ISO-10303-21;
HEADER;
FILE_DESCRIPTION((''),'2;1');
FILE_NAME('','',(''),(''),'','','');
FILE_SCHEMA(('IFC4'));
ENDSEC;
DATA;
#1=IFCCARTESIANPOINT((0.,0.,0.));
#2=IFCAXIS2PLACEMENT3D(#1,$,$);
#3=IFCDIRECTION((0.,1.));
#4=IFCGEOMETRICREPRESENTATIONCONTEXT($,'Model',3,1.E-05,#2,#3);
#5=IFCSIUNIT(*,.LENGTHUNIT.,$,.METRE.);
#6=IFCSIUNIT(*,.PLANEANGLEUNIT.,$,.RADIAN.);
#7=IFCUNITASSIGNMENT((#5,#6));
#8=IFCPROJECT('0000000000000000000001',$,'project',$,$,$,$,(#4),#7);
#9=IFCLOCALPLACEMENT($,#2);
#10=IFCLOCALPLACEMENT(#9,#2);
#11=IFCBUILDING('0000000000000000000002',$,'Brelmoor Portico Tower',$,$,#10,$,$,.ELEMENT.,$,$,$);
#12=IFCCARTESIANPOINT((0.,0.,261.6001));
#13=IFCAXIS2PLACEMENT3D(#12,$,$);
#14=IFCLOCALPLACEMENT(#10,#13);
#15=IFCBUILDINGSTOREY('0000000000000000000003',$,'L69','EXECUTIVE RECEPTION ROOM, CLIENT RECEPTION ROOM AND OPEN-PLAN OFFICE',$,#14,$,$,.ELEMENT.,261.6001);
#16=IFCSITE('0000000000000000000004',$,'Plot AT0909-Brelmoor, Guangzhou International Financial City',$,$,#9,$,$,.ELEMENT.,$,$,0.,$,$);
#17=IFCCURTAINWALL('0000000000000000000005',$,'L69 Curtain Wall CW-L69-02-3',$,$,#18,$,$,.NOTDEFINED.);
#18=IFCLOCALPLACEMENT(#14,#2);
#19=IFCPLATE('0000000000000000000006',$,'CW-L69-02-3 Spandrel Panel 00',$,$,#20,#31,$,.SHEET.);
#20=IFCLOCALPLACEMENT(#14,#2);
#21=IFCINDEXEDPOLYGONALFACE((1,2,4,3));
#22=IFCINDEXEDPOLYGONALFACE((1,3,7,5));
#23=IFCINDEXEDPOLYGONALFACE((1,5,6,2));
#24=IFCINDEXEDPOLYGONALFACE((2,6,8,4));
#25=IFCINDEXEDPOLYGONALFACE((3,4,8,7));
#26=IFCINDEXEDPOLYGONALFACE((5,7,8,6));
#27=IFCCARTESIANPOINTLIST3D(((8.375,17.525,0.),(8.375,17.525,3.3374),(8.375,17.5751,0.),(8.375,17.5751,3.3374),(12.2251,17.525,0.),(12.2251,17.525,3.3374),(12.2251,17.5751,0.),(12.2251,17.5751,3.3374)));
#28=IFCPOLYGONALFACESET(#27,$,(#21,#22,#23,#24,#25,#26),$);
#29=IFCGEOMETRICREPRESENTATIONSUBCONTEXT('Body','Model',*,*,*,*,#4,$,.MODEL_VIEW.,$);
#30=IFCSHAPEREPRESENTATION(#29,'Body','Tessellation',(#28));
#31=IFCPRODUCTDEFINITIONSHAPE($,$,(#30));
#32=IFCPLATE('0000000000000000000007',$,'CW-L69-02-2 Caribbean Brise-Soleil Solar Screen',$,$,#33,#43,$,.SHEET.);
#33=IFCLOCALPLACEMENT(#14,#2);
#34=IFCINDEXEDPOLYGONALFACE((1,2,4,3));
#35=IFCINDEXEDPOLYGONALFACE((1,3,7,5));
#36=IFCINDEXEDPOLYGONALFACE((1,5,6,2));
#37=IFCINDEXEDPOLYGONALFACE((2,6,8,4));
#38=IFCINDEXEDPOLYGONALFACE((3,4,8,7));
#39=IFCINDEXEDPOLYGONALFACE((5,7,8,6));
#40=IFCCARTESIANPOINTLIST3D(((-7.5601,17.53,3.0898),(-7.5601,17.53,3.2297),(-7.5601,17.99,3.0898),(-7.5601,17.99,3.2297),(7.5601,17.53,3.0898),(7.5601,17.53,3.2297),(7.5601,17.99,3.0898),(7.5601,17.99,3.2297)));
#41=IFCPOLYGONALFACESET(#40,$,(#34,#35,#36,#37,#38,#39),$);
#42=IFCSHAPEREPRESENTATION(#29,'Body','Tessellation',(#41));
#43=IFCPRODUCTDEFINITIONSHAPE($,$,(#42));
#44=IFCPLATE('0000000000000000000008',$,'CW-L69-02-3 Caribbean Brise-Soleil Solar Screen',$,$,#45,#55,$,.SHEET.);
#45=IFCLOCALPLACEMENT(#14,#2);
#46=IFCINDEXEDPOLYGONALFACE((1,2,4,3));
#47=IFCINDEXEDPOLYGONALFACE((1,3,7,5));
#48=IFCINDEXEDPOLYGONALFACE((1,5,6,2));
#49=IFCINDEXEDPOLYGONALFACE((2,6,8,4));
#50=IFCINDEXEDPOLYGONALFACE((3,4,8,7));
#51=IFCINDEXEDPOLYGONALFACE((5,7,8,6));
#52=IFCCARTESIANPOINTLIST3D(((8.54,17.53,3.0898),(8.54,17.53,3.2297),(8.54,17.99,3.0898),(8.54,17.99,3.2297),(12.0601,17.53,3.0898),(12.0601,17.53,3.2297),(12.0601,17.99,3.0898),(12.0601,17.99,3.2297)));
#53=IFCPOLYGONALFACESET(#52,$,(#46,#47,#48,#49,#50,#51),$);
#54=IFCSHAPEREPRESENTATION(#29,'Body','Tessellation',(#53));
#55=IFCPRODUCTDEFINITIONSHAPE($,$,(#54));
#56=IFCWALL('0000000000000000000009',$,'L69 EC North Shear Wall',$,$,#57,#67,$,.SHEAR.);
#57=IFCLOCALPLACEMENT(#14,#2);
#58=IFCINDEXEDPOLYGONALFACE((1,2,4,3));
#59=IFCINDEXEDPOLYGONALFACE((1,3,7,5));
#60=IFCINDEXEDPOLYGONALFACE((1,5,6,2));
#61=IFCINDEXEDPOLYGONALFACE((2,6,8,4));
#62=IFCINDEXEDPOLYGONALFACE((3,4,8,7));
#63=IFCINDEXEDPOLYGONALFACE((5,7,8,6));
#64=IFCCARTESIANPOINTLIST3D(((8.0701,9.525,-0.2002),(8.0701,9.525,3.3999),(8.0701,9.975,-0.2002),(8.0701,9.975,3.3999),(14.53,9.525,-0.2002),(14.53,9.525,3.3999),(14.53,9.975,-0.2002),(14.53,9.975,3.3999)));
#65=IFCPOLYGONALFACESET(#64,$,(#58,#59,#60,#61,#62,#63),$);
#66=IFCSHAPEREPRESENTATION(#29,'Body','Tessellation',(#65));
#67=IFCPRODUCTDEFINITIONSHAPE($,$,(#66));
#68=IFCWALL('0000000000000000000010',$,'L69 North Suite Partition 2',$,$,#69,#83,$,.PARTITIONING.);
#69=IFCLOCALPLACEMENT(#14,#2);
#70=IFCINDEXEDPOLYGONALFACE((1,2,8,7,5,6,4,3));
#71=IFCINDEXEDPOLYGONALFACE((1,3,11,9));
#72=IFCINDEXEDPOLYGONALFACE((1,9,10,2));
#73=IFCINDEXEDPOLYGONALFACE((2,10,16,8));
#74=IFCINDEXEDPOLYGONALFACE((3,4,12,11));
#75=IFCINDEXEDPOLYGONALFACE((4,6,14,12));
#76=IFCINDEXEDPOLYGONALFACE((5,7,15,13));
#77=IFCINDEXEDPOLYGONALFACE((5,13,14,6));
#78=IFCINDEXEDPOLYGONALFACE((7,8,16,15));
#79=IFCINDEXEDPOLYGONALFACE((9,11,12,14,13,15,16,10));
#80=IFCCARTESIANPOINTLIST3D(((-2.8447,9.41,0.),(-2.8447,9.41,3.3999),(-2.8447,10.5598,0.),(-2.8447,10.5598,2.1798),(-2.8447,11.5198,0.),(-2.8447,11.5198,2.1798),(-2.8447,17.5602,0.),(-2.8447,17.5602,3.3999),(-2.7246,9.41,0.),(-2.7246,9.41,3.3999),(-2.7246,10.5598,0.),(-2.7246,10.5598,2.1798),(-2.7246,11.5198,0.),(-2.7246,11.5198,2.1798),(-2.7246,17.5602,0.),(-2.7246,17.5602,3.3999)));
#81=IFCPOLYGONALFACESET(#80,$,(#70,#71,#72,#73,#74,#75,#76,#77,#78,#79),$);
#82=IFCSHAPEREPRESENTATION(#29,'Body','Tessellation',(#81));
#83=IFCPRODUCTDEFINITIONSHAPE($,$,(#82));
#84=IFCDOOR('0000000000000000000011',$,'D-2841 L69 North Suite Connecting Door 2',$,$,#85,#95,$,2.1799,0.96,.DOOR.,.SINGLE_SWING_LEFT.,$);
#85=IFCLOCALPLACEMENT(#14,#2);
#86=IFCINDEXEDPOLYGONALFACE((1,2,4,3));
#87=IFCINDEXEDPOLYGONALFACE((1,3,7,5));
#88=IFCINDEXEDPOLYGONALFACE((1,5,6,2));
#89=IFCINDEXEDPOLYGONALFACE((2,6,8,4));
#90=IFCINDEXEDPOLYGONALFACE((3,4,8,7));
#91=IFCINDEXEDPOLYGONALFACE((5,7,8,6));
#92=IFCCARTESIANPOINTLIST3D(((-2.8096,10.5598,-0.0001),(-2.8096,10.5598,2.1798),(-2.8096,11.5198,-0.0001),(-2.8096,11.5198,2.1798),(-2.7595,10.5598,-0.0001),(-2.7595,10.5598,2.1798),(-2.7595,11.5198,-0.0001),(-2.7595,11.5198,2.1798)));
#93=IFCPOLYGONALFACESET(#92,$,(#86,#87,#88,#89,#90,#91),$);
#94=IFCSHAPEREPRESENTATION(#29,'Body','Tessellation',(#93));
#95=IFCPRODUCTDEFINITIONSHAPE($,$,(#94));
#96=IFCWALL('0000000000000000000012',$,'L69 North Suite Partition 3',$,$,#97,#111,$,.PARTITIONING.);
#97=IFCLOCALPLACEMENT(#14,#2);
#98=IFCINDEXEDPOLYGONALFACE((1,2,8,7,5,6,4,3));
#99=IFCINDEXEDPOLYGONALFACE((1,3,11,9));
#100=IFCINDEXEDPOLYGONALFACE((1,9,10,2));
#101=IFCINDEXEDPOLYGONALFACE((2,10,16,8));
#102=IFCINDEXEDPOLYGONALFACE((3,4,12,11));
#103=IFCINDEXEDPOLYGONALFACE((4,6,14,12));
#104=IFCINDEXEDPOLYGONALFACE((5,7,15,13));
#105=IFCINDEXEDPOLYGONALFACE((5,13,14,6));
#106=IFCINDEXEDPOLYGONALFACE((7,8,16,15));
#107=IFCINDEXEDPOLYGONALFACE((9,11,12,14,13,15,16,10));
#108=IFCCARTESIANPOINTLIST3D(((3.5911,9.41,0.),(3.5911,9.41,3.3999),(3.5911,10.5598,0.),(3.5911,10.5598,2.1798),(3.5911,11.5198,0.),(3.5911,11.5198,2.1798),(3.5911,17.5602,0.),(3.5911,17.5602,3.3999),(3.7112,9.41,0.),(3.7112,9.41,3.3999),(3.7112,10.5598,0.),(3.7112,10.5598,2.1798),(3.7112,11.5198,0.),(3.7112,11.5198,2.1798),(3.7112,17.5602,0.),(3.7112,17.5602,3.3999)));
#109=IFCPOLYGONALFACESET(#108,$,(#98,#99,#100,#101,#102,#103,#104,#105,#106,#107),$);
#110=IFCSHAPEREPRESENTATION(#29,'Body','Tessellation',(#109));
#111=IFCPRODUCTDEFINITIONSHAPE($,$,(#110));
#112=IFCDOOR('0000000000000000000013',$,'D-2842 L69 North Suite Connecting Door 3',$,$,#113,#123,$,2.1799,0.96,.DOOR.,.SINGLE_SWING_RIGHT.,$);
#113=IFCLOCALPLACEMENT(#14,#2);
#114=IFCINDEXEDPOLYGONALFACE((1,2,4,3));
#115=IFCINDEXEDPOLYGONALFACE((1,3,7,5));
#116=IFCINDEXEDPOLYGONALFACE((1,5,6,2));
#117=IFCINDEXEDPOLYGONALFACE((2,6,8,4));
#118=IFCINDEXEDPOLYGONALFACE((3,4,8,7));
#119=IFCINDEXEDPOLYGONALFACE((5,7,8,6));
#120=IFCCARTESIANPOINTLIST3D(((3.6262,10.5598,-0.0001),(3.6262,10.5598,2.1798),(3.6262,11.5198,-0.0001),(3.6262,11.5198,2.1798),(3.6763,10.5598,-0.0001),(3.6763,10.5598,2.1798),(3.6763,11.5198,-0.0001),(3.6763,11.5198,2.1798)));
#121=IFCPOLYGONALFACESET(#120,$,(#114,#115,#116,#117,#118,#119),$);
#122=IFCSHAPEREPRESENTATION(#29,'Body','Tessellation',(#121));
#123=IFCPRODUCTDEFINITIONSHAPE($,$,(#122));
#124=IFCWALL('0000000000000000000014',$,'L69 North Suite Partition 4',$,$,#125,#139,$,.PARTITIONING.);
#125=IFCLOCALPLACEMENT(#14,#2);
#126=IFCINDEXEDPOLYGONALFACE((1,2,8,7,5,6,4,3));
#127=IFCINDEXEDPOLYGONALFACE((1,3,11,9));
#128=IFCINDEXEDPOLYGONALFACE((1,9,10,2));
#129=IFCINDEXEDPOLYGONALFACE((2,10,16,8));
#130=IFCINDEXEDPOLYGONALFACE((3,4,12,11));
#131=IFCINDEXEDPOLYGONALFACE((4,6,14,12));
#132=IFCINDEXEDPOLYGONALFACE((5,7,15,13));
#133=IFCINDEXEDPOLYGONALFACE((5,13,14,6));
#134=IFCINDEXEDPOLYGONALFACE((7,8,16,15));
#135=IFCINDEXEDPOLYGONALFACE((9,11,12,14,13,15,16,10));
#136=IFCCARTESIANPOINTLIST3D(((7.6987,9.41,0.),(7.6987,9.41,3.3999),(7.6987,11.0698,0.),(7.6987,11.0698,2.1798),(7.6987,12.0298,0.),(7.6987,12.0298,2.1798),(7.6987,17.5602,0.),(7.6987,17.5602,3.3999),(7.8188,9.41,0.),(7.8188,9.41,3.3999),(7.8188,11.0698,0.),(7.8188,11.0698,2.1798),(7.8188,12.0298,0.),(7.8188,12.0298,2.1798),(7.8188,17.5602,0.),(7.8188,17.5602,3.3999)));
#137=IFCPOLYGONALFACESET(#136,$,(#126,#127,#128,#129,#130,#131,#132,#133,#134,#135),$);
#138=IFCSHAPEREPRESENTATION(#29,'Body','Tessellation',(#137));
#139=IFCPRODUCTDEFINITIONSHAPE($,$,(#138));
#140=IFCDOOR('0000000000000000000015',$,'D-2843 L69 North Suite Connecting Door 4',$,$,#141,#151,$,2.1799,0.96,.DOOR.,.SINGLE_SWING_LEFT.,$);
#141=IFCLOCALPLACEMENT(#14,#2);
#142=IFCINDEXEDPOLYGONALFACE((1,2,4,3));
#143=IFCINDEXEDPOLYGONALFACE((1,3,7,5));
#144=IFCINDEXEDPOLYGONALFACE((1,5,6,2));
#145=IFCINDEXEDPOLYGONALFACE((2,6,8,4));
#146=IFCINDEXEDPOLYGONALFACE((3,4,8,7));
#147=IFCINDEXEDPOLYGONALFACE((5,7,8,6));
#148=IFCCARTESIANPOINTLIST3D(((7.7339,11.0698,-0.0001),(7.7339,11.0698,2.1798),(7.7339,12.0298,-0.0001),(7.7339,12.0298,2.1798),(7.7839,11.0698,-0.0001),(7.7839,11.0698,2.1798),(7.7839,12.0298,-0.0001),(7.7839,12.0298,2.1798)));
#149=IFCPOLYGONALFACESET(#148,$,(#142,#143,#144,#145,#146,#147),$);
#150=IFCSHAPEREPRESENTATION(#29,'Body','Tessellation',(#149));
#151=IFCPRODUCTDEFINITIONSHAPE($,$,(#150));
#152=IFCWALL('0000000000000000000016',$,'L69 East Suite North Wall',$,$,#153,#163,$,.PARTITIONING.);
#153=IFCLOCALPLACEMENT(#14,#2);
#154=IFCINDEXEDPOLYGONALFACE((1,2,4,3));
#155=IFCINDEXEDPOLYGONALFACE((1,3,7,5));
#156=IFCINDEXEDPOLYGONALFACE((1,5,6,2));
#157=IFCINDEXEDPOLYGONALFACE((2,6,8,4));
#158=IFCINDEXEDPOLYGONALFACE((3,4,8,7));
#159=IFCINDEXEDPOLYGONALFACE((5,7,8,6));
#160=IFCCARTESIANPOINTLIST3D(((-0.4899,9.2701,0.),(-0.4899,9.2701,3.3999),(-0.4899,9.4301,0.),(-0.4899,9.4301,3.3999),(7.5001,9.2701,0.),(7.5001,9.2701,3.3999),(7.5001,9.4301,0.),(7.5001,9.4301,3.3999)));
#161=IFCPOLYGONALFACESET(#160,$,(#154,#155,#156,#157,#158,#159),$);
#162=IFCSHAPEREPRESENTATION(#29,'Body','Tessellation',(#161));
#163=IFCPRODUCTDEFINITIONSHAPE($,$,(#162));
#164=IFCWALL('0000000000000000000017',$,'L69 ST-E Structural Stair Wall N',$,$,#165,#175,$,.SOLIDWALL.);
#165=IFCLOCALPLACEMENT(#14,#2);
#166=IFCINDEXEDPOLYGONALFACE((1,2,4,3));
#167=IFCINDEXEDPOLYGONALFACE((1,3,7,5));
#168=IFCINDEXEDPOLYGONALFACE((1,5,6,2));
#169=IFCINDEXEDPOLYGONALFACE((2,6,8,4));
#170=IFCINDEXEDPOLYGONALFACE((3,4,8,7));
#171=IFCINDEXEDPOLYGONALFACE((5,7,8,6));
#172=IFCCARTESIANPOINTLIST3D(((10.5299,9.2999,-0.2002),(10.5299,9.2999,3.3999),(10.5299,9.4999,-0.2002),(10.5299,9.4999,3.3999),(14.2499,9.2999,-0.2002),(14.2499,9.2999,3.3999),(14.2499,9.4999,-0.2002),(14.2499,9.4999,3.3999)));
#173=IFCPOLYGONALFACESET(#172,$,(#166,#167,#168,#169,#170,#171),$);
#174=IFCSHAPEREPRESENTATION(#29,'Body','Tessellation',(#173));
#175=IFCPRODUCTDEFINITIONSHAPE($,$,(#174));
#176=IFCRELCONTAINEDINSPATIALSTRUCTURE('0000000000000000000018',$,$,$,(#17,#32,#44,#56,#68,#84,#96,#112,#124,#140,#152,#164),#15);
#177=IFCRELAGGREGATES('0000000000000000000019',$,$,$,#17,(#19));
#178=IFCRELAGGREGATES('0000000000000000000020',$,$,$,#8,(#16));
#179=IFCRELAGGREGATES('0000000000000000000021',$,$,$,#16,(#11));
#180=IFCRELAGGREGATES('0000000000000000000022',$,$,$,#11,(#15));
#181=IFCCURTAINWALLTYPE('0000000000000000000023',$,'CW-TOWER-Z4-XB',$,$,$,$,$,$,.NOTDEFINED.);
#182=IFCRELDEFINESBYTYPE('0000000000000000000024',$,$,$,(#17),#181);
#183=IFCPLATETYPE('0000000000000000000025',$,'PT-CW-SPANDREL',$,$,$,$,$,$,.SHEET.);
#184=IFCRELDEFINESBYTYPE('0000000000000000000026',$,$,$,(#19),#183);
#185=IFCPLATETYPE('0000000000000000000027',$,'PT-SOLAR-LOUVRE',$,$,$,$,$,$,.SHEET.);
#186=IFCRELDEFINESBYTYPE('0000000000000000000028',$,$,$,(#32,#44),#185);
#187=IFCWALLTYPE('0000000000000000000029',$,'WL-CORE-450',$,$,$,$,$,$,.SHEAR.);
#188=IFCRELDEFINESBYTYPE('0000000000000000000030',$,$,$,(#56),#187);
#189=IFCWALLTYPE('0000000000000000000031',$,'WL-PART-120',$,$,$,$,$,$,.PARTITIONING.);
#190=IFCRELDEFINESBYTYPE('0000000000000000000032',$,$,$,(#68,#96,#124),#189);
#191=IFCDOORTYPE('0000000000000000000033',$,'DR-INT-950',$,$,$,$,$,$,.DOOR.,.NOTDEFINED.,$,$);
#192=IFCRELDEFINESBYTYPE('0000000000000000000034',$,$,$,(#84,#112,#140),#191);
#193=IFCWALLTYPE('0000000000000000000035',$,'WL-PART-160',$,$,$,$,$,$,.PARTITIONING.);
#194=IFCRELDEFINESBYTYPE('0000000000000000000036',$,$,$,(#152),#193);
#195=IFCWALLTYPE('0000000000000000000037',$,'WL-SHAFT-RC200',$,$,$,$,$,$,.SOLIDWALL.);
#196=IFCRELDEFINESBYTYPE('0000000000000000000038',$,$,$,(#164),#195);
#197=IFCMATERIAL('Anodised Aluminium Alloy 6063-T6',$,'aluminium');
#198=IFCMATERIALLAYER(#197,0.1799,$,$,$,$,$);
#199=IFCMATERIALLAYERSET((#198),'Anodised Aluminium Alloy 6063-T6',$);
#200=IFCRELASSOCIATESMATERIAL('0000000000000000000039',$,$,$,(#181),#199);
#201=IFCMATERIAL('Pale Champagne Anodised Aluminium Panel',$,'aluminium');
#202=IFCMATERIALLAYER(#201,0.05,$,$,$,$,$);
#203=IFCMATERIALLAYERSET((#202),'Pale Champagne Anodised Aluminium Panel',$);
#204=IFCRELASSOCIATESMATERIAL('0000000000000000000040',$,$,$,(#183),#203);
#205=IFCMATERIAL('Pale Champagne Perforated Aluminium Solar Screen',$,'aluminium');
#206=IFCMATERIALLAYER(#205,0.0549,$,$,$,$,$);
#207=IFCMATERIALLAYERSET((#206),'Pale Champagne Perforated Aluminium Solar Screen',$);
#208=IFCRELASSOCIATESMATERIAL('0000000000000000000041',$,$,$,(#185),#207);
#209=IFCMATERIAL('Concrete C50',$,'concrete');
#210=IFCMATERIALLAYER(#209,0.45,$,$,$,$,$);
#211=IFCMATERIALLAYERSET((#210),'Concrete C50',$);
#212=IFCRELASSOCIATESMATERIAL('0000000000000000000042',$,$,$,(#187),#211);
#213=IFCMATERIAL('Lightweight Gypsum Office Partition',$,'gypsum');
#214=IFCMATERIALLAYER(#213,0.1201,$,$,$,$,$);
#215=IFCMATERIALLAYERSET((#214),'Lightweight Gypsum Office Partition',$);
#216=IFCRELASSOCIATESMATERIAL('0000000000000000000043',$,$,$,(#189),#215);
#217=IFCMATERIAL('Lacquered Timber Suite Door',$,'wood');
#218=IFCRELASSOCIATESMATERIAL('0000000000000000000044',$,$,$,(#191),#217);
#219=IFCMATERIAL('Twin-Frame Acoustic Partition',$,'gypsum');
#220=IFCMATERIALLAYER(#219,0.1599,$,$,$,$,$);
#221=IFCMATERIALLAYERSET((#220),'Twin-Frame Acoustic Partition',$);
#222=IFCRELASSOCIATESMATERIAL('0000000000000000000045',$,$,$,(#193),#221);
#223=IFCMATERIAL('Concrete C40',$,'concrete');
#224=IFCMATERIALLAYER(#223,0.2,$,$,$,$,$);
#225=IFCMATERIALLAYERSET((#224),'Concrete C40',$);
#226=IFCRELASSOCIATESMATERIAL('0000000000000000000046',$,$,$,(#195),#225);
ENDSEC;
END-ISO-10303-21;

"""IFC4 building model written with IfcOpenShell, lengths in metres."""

from ifc_helpers import new_model, si_unit, direction, frame, frame_2d, origin, origin_2d, place, context, subcontext, project, spatial, rectangle, extrude, material, layer, layer_set, type_object, element, fill, aggregate, save


model = new_model("IFC4")

# Units and contexts
model_context = context("Model", 3, precision=1e-05, world=origin(), true_north=direction((0.0, 1.0)))
body_context = subcontext(model_context, "Body", "Model", "MODEL_VIEW")
ifc_project = project(units=[si_unit("LENGTHUNIT", "METRE"), si_unit("PLANEANGLEUNIT", "RADIAN")], contexts=[model_context])

# Site, building, storey
site_placement = place(None, origin())
site = spatial("IfcSite", under=ifc_project, at=site_placement, Name="Plot AT0909-Brelmoor, Guangzhou International Financial City", CompositionType="ELEMENT", RefElevation=0.0)
building_placement = place(site_placement, origin())
building = spatial("IfcBuilding", under=site, at=building_placement, Name="Brelmoor Portico Tower", CompositionType="ELEMENT")
storey_placement = place(building_placement, frame((0.0, 0.0, 261.6001)))
storey = spatial("IfcBuildingStorey", under=building, at=storey_placement, Name="L69", Description="EXECUTIVE RECEPTION ROOM, CLIENT RECEPTION ROOM AND OPEN-PLAN OFFICE", CompositionType="ELEMENT", Elevation=261.6001)

# Shared definitions
ifc_material_1 = material(Name="Anodised Aluminium Alloy 6063-T6", Category="aluminium")
ifc_layer_1 = layer(ifc_material_1, 0.1799)
ifc_layer_set_1 = layer_set([ifc_layer_1], Name="Anodised Aluminium Alloy 6063-T6")
curtain_wall_type = type_object("IfcCurtainWallType", Name="CW-TOWER-Z4-XB", PredefinedType="NOTDEFINED", material=ifc_layer_set_1)

# Curtain wall
curtain_wall_1_placement = place(storey_placement, origin())
curtain_wall_1 = element("IfcCurtainWall", 1, at=curtain_wall_1_placement, inside=storey, type_object=curtain_wall_type, Name="L69 Curtain Wall CW-L69-02-3", PredefinedType="NOTDEFINED")

# Plate
ifc_material_2 = material(Name="Pale Champagne Anodised Aluminium Panel", Category="aluminium")
ifc_layer_2 = layer(ifc_material_2, 0.05)
ifc_layer_set_2 = layer_set([ifc_layer_2], Name="Pale Champagne Anodised Aluminium Panel")
plate_type_1 = type_object("IfcPlateType", Name="PT-CW-SPANDREL", PredefinedType="SHEET", material=ifc_layer_set_2)
plate_1_placement = place(storey_placement, frame((10.3, 17.55, 0.0), z_axis=(0.0, 0.0, 1.0), x_axis=(1.0, 0.0, 0.0)))
plate_1 = element("IfcPlate", 2, at=plate_1_placement, type_object=plate_type_1, Name="CW-L69-02-3 Spandrel Panel 00", PredefinedType="SHEET", context=body_context, shape_type="SweptSolid", body=[
    extrude(rectangle(XDim=3.8501, YDim=0.05, at=origin_2d()), origin(), (0.0, 0.0, 1.0), 3.3374),
])
aggregate(curtain_wall_1, [plate_1])

# Plates
ifc_material_3 = material(Name="Pale Champagne Perforated Aluminium Solar Screen", Category="aluminium")
ifc_layer_3 = layer(ifc_material_3, 0.0549)
ifc_layer_set_3 = layer_set([ifc_layer_3], Name="Pale Champagne Perforated Aluminium Solar Screen")
plate_type_2 = type_object("IfcPlateType", Name="PT-SOLAR-LOUVRE", PredefinedType="SHEET", material=ifc_layer_set_3)
plate_2_placement = place(storey_placement, frame((0.0, 17.76, 3.0898), z_axis=(0.0, 0.0, 1.0), x_axis=(1.0, 0.0, 0.0)))
element("IfcPlate", 3, at=plate_2_placement, inside=storey, type_object=plate_type_2, Name="CW-L69-02-2 Caribbean Brise-Soleil Solar Screen", PredefinedType="SHEET", context=body_context, shape_type="SweptSolid", body=[
    extrude(rectangle(XDim=15.1201, YDim=0.46, at=origin_2d()), origin(), (0.0, 0.0, 1.0), 0.1399),
])
plate_3_placement = place(storey_placement, frame((10.3, 17.76, 3.0898), z_axis=(0.0, 0.0, 1.0), x_axis=(1.0, 0.0, 0.0)))
element("IfcPlate", 4, at=plate_3_placement, inside=storey, type_object=plate_type_2, Name="CW-L69-02-3 Caribbean Brise-Soleil Solar Screen", PredefinedType="SHEET", context=body_context, shape_type="SweptSolid", body=[
    extrude(rectangle(XDim=3.52, YDim=0.46, at=origin_2d()), origin(), (0.0, 0.0, 1.0), 0.1399),
])

# Wall
ifc_material_4 = material(Name="Concrete C50", Category="concrete")
ifc_layer_4 = layer(ifc_material_4, 0.45)
ifc_layer_set_4 = layer_set([ifc_layer_4], Name="Concrete C50")
wall_type_1 = type_object("IfcWallType", Name="WL-CORE-450", PredefinedType="SHEAR", material=ifc_layer_set_4)
wall_1_placement = place(storey_placement, frame((8.0701, 9.75, -0.2002), z_axis=(0.0, 0.0, 1.0), x_axis=(1.0, 0.0, 0.0)))
element("IfcWall", 5, at=wall_1_placement, inside=storey, type_object=wall_type_1, Name="L69 EC North Shear Wall", PredefinedType="SHEAR", context=body_context, shape_type="SweptSolid", body=[
    extrude(rectangle(XDim=6.46, YDim=0.45, at=frame_2d((3.23, 0.0))), origin(), (0.0, 0.0, 1.0), 3.6001),
])

# Walls, openings, doors
ifc_material_5 = material(Name="Lightweight Gypsum Office Partition", Category="gypsum")
ifc_layer_5 = layer(ifc_material_5, 0.1201)
ifc_layer_set_5 = layer_set([ifc_layer_5], Name="Lightweight Gypsum Office Partition")
wall_type_2 = type_object("IfcWallType", Name="WL-PART-120", PredefinedType="PARTITIONING", material=ifc_layer_set_5)
wall_2_placement = place(storey_placement, frame((-2.7847, 9.4099, 0.0), z_axis=(0.0, 0.0, 1.0), x_axis=(0.0, 1.0, 0.0)))
wall_2 = element("IfcWall", 6, at=wall_2_placement, inside=storey, type_object=wall_type_2, Name="L69 North Suite Partition 2", PredefinedType="PARTITIONING", context=body_context, shape_type="SweptSolid", body=[
    extrude(rectangle(XDim=8.1501, YDim=0.1201, at=frame_2d((4.0752, 0.0))), origin(), (0.0, 0.0, 1.0), 3.3999),
])
opening_1_placement = place(wall_2_placement, frame((1.1499, 0.0, 0.0)))
opening_1 = element("IfcOpeningElement", 7, at=opening_1_placement, cuts=wall_2, PredefinedType="OPENING", context=body_context, shape_type="SweptSolid", body=[
    extrude(rectangle(XDim=0.96, YDim=2.1799, at=frame_2d((0.48, 1.0898))), frame((0.0, 0.0701, 0.0), z_axis=(0.0, -1.0, 0.0), x_axis=(1.0, 0.0, 0.0)), (0.0, 0.0, 1.0), 0.1401),
])
ifc_material_6 = material(Name="Lacquered Timber Suite Door", Category="wood")
door_type = type_object("IfcDoorType", Name="DR-INT-950", OperationType="NOTDEFINED", PredefinedType="DOOR", material=ifc_material_6)
door_1_placement = place(opening_1_placement, origin())
door_1 = element("IfcDoor", 8, at=door_1_placement, inside=storey, type_object=door_type, Name="D-2841 L69 North Suite Connecting Door 2", OperationType="SINGLE_SWING_LEFT", OverallHeight=2.1799, OverallWidth=0.96, PredefinedType="DOOR", context=body_context, shape_type="SweptSolid", body=[
    extrude(rectangle(XDim=0.96, YDim=2.1799, at=frame_2d((0.48, 1.0898))), frame((0.0, 0.0249, 0.0), z_axis=(0.0, -1.0, 0.0), x_axis=(1.0, 0.0, 0.0)), (0.0, 0.0, 1.0), 0.05),
])
fill(opening_1, door_1)
wall_3_placement = place(storey_placement, frame((3.6511, 9.4099, 0.0), z_axis=(0.0, 0.0, 1.0), x_axis=(0.0, 1.0, 0.0)))
wall_3 = element("IfcWall", 9, at=wall_3_placement, inside=storey, type_object=wall_type_2, Name="L69 North Suite Partition 3", PredefinedType="PARTITIONING", context=body_context, shape_type="SweptSolid", body=[
    extrude(rectangle(XDim=8.1501, YDim=0.1201, at=frame_2d((4.0752, 0.0))), origin(), (0.0, 0.0, 1.0), 3.3999),
])
opening_2_placement = place(wall_3_placement, frame((1.1499, 0.0, 0.0)))
opening_2 = element("IfcOpeningElement", 10, at=opening_2_placement, cuts=wall_3, PredefinedType="OPENING", context=body_context, shape_type="SweptSolid", body=[
    extrude(rectangle(XDim=0.96, YDim=2.1799, at=frame_2d((0.48, 1.0898))), frame((0.0, 0.0701, 0.0), z_axis=(0.0, -1.0, 0.0), x_axis=(1.0, 0.0, 0.0)), (0.0, 0.0, 1.0), 0.1401),
])
door_2_placement = place(opening_2_placement, origin())
door_2 = element("IfcDoor", 11, at=door_2_placement, inside=storey, type_object=door_type, Name="D-2842 L69 North Suite Connecting Door 3", OperationType="SINGLE_SWING_RIGHT", OverallHeight=2.1799, OverallWidth=0.96, PredefinedType="DOOR", context=body_context, shape_type="SweptSolid", body=[
    extrude(rectangle(XDim=0.96, YDim=2.1799, at=frame_2d((0.48, 1.0898))), frame((0.0, 0.0249, 0.0), z_axis=(0.0, -1.0, 0.0), x_axis=(1.0, 0.0, 0.0)), (0.0, 0.0, 1.0), 0.05),
])
fill(opening_2, door_2)
wall_4_placement = place(storey_placement, frame((7.7588, 9.4099, 0.0), z_axis=(0.0, 0.0, 1.0), x_axis=(0.0, 1.0, 0.0)))
wall_4 = element("IfcWall", 12, at=wall_4_placement, inside=storey, type_object=wall_type_2, Name="L69 North Suite Partition 4", PredefinedType="PARTITIONING", context=body_context, shape_type="SweptSolid", body=[
    extrude(rectangle(XDim=8.1501, YDim=0.1201, at=frame_2d((4.0752, 0.0))), origin(), (0.0, 0.0, 1.0), 3.3999),
])
opening_3_placement = place(wall_4_placement, frame((1.6599, 0.0, 0.0)))
opening_3 = element("IfcOpeningElement", 13, at=opening_3_placement, cuts=wall_4, PredefinedType="OPENING", context=body_context, shape_type="SweptSolid", body=[
    extrude(rectangle(XDim=0.96, YDim=2.1799, at=frame_2d((0.48, 1.0898))), frame((0.0, 0.0701, 0.0), z_axis=(0.0, -1.0, 0.0), x_axis=(1.0, 0.0, 0.0)), (0.0, 0.0, 1.0), 0.1401),
])
door_3_placement = place(opening_3_placement, origin())
door_3 = element("IfcDoor", 14, at=door_3_placement, inside=storey, type_object=door_type, Name="D-2843 L69 North Suite Connecting Door 4", OperationType="SINGLE_SWING_LEFT", OverallHeight=2.1799, OverallWidth=0.96, PredefinedType="DOOR", context=body_context, shape_type="SweptSolid", body=[
    extrude(rectangle(XDim=0.96, YDim=2.1799, at=frame_2d((0.48, 1.0898))), frame((0.0, 0.0249, 0.0), z_axis=(0.0, -1.0, 0.0), x_axis=(1.0, 0.0, 0.0)), (0.0, 0.0, 1.0), 0.05),
])
fill(opening_3, door_3)

# Walls
ifc_material_7 = material(Name="Twin-Frame Acoustic Partition", Category="gypsum")
ifc_layer_6 = layer(ifc_material_7, 0.1599)
ifc_layer_set_6 = layer_set([ifc_layer_6], Name="Twin-Frame Acoustic Partition")
wall_type_3 = type_object("IfcWallType", Name="WL-PART-160", PredefinedType="PARTITIONING", material=ifc_layer_set_6)
wall_5_placement = place(storey_placement, frame((-0.49, 9.3501, 0.0), z_axis=(0.0, 0.0, 1.0), x_axis=(1.0, 0.0, 0.0)))
element("IfcWall", 15, at=wall_5_placement, inside=storey, type_object=wall_type_3, Name="L69 East Suite North Wall", PredefinedType="PARTITIONING", context=body_context, shape_type="SweptSolid", body=[
    extrude(rectangle(XDim=7.99, YDim=0.1599, at=frame_2d((3.9951, 0.0))), origin(), (0.0, 0.0, 1.0), 3.3999),
])
ifc_material_8 = material(Name="Concrete C40", Category="concrete")
ifc_layer_7 = layer(ifc_material_8, 0.2)
ifc_layer_set_7 = layer_set([ifc_layer_7], Name="Concrete C40")
wall_type_4 = type_object("IfcWallType", Name="WL-SHAFT-RC200", PredefinedType="SOLIDWALL", material=ifc_layer_set_7)
wall_6_placement = place(storey_placement, frame((10.53, 9.3999, -0.2002), z_axis=(0.0, 0.0, 1.0), x_axis=(1.0, 0.0, 0.0)))
element("IfcWall", 16, at=wall_6_placement, inside=storey, type_object=wall_type_4, Name="L69 ST-E Structural Stair Wall N", PredefinedType="SOLIDWALL", context=body_context, shape_type="SweptSolid", body=[
    extrude(rectangle(XDim=3.72, YDim=0.2, at=frame_2d((1.8599, 0.0))), origin(), (0.0, 0.0, 1.0), 3.6001),
])

save(model, "model.ifc")
